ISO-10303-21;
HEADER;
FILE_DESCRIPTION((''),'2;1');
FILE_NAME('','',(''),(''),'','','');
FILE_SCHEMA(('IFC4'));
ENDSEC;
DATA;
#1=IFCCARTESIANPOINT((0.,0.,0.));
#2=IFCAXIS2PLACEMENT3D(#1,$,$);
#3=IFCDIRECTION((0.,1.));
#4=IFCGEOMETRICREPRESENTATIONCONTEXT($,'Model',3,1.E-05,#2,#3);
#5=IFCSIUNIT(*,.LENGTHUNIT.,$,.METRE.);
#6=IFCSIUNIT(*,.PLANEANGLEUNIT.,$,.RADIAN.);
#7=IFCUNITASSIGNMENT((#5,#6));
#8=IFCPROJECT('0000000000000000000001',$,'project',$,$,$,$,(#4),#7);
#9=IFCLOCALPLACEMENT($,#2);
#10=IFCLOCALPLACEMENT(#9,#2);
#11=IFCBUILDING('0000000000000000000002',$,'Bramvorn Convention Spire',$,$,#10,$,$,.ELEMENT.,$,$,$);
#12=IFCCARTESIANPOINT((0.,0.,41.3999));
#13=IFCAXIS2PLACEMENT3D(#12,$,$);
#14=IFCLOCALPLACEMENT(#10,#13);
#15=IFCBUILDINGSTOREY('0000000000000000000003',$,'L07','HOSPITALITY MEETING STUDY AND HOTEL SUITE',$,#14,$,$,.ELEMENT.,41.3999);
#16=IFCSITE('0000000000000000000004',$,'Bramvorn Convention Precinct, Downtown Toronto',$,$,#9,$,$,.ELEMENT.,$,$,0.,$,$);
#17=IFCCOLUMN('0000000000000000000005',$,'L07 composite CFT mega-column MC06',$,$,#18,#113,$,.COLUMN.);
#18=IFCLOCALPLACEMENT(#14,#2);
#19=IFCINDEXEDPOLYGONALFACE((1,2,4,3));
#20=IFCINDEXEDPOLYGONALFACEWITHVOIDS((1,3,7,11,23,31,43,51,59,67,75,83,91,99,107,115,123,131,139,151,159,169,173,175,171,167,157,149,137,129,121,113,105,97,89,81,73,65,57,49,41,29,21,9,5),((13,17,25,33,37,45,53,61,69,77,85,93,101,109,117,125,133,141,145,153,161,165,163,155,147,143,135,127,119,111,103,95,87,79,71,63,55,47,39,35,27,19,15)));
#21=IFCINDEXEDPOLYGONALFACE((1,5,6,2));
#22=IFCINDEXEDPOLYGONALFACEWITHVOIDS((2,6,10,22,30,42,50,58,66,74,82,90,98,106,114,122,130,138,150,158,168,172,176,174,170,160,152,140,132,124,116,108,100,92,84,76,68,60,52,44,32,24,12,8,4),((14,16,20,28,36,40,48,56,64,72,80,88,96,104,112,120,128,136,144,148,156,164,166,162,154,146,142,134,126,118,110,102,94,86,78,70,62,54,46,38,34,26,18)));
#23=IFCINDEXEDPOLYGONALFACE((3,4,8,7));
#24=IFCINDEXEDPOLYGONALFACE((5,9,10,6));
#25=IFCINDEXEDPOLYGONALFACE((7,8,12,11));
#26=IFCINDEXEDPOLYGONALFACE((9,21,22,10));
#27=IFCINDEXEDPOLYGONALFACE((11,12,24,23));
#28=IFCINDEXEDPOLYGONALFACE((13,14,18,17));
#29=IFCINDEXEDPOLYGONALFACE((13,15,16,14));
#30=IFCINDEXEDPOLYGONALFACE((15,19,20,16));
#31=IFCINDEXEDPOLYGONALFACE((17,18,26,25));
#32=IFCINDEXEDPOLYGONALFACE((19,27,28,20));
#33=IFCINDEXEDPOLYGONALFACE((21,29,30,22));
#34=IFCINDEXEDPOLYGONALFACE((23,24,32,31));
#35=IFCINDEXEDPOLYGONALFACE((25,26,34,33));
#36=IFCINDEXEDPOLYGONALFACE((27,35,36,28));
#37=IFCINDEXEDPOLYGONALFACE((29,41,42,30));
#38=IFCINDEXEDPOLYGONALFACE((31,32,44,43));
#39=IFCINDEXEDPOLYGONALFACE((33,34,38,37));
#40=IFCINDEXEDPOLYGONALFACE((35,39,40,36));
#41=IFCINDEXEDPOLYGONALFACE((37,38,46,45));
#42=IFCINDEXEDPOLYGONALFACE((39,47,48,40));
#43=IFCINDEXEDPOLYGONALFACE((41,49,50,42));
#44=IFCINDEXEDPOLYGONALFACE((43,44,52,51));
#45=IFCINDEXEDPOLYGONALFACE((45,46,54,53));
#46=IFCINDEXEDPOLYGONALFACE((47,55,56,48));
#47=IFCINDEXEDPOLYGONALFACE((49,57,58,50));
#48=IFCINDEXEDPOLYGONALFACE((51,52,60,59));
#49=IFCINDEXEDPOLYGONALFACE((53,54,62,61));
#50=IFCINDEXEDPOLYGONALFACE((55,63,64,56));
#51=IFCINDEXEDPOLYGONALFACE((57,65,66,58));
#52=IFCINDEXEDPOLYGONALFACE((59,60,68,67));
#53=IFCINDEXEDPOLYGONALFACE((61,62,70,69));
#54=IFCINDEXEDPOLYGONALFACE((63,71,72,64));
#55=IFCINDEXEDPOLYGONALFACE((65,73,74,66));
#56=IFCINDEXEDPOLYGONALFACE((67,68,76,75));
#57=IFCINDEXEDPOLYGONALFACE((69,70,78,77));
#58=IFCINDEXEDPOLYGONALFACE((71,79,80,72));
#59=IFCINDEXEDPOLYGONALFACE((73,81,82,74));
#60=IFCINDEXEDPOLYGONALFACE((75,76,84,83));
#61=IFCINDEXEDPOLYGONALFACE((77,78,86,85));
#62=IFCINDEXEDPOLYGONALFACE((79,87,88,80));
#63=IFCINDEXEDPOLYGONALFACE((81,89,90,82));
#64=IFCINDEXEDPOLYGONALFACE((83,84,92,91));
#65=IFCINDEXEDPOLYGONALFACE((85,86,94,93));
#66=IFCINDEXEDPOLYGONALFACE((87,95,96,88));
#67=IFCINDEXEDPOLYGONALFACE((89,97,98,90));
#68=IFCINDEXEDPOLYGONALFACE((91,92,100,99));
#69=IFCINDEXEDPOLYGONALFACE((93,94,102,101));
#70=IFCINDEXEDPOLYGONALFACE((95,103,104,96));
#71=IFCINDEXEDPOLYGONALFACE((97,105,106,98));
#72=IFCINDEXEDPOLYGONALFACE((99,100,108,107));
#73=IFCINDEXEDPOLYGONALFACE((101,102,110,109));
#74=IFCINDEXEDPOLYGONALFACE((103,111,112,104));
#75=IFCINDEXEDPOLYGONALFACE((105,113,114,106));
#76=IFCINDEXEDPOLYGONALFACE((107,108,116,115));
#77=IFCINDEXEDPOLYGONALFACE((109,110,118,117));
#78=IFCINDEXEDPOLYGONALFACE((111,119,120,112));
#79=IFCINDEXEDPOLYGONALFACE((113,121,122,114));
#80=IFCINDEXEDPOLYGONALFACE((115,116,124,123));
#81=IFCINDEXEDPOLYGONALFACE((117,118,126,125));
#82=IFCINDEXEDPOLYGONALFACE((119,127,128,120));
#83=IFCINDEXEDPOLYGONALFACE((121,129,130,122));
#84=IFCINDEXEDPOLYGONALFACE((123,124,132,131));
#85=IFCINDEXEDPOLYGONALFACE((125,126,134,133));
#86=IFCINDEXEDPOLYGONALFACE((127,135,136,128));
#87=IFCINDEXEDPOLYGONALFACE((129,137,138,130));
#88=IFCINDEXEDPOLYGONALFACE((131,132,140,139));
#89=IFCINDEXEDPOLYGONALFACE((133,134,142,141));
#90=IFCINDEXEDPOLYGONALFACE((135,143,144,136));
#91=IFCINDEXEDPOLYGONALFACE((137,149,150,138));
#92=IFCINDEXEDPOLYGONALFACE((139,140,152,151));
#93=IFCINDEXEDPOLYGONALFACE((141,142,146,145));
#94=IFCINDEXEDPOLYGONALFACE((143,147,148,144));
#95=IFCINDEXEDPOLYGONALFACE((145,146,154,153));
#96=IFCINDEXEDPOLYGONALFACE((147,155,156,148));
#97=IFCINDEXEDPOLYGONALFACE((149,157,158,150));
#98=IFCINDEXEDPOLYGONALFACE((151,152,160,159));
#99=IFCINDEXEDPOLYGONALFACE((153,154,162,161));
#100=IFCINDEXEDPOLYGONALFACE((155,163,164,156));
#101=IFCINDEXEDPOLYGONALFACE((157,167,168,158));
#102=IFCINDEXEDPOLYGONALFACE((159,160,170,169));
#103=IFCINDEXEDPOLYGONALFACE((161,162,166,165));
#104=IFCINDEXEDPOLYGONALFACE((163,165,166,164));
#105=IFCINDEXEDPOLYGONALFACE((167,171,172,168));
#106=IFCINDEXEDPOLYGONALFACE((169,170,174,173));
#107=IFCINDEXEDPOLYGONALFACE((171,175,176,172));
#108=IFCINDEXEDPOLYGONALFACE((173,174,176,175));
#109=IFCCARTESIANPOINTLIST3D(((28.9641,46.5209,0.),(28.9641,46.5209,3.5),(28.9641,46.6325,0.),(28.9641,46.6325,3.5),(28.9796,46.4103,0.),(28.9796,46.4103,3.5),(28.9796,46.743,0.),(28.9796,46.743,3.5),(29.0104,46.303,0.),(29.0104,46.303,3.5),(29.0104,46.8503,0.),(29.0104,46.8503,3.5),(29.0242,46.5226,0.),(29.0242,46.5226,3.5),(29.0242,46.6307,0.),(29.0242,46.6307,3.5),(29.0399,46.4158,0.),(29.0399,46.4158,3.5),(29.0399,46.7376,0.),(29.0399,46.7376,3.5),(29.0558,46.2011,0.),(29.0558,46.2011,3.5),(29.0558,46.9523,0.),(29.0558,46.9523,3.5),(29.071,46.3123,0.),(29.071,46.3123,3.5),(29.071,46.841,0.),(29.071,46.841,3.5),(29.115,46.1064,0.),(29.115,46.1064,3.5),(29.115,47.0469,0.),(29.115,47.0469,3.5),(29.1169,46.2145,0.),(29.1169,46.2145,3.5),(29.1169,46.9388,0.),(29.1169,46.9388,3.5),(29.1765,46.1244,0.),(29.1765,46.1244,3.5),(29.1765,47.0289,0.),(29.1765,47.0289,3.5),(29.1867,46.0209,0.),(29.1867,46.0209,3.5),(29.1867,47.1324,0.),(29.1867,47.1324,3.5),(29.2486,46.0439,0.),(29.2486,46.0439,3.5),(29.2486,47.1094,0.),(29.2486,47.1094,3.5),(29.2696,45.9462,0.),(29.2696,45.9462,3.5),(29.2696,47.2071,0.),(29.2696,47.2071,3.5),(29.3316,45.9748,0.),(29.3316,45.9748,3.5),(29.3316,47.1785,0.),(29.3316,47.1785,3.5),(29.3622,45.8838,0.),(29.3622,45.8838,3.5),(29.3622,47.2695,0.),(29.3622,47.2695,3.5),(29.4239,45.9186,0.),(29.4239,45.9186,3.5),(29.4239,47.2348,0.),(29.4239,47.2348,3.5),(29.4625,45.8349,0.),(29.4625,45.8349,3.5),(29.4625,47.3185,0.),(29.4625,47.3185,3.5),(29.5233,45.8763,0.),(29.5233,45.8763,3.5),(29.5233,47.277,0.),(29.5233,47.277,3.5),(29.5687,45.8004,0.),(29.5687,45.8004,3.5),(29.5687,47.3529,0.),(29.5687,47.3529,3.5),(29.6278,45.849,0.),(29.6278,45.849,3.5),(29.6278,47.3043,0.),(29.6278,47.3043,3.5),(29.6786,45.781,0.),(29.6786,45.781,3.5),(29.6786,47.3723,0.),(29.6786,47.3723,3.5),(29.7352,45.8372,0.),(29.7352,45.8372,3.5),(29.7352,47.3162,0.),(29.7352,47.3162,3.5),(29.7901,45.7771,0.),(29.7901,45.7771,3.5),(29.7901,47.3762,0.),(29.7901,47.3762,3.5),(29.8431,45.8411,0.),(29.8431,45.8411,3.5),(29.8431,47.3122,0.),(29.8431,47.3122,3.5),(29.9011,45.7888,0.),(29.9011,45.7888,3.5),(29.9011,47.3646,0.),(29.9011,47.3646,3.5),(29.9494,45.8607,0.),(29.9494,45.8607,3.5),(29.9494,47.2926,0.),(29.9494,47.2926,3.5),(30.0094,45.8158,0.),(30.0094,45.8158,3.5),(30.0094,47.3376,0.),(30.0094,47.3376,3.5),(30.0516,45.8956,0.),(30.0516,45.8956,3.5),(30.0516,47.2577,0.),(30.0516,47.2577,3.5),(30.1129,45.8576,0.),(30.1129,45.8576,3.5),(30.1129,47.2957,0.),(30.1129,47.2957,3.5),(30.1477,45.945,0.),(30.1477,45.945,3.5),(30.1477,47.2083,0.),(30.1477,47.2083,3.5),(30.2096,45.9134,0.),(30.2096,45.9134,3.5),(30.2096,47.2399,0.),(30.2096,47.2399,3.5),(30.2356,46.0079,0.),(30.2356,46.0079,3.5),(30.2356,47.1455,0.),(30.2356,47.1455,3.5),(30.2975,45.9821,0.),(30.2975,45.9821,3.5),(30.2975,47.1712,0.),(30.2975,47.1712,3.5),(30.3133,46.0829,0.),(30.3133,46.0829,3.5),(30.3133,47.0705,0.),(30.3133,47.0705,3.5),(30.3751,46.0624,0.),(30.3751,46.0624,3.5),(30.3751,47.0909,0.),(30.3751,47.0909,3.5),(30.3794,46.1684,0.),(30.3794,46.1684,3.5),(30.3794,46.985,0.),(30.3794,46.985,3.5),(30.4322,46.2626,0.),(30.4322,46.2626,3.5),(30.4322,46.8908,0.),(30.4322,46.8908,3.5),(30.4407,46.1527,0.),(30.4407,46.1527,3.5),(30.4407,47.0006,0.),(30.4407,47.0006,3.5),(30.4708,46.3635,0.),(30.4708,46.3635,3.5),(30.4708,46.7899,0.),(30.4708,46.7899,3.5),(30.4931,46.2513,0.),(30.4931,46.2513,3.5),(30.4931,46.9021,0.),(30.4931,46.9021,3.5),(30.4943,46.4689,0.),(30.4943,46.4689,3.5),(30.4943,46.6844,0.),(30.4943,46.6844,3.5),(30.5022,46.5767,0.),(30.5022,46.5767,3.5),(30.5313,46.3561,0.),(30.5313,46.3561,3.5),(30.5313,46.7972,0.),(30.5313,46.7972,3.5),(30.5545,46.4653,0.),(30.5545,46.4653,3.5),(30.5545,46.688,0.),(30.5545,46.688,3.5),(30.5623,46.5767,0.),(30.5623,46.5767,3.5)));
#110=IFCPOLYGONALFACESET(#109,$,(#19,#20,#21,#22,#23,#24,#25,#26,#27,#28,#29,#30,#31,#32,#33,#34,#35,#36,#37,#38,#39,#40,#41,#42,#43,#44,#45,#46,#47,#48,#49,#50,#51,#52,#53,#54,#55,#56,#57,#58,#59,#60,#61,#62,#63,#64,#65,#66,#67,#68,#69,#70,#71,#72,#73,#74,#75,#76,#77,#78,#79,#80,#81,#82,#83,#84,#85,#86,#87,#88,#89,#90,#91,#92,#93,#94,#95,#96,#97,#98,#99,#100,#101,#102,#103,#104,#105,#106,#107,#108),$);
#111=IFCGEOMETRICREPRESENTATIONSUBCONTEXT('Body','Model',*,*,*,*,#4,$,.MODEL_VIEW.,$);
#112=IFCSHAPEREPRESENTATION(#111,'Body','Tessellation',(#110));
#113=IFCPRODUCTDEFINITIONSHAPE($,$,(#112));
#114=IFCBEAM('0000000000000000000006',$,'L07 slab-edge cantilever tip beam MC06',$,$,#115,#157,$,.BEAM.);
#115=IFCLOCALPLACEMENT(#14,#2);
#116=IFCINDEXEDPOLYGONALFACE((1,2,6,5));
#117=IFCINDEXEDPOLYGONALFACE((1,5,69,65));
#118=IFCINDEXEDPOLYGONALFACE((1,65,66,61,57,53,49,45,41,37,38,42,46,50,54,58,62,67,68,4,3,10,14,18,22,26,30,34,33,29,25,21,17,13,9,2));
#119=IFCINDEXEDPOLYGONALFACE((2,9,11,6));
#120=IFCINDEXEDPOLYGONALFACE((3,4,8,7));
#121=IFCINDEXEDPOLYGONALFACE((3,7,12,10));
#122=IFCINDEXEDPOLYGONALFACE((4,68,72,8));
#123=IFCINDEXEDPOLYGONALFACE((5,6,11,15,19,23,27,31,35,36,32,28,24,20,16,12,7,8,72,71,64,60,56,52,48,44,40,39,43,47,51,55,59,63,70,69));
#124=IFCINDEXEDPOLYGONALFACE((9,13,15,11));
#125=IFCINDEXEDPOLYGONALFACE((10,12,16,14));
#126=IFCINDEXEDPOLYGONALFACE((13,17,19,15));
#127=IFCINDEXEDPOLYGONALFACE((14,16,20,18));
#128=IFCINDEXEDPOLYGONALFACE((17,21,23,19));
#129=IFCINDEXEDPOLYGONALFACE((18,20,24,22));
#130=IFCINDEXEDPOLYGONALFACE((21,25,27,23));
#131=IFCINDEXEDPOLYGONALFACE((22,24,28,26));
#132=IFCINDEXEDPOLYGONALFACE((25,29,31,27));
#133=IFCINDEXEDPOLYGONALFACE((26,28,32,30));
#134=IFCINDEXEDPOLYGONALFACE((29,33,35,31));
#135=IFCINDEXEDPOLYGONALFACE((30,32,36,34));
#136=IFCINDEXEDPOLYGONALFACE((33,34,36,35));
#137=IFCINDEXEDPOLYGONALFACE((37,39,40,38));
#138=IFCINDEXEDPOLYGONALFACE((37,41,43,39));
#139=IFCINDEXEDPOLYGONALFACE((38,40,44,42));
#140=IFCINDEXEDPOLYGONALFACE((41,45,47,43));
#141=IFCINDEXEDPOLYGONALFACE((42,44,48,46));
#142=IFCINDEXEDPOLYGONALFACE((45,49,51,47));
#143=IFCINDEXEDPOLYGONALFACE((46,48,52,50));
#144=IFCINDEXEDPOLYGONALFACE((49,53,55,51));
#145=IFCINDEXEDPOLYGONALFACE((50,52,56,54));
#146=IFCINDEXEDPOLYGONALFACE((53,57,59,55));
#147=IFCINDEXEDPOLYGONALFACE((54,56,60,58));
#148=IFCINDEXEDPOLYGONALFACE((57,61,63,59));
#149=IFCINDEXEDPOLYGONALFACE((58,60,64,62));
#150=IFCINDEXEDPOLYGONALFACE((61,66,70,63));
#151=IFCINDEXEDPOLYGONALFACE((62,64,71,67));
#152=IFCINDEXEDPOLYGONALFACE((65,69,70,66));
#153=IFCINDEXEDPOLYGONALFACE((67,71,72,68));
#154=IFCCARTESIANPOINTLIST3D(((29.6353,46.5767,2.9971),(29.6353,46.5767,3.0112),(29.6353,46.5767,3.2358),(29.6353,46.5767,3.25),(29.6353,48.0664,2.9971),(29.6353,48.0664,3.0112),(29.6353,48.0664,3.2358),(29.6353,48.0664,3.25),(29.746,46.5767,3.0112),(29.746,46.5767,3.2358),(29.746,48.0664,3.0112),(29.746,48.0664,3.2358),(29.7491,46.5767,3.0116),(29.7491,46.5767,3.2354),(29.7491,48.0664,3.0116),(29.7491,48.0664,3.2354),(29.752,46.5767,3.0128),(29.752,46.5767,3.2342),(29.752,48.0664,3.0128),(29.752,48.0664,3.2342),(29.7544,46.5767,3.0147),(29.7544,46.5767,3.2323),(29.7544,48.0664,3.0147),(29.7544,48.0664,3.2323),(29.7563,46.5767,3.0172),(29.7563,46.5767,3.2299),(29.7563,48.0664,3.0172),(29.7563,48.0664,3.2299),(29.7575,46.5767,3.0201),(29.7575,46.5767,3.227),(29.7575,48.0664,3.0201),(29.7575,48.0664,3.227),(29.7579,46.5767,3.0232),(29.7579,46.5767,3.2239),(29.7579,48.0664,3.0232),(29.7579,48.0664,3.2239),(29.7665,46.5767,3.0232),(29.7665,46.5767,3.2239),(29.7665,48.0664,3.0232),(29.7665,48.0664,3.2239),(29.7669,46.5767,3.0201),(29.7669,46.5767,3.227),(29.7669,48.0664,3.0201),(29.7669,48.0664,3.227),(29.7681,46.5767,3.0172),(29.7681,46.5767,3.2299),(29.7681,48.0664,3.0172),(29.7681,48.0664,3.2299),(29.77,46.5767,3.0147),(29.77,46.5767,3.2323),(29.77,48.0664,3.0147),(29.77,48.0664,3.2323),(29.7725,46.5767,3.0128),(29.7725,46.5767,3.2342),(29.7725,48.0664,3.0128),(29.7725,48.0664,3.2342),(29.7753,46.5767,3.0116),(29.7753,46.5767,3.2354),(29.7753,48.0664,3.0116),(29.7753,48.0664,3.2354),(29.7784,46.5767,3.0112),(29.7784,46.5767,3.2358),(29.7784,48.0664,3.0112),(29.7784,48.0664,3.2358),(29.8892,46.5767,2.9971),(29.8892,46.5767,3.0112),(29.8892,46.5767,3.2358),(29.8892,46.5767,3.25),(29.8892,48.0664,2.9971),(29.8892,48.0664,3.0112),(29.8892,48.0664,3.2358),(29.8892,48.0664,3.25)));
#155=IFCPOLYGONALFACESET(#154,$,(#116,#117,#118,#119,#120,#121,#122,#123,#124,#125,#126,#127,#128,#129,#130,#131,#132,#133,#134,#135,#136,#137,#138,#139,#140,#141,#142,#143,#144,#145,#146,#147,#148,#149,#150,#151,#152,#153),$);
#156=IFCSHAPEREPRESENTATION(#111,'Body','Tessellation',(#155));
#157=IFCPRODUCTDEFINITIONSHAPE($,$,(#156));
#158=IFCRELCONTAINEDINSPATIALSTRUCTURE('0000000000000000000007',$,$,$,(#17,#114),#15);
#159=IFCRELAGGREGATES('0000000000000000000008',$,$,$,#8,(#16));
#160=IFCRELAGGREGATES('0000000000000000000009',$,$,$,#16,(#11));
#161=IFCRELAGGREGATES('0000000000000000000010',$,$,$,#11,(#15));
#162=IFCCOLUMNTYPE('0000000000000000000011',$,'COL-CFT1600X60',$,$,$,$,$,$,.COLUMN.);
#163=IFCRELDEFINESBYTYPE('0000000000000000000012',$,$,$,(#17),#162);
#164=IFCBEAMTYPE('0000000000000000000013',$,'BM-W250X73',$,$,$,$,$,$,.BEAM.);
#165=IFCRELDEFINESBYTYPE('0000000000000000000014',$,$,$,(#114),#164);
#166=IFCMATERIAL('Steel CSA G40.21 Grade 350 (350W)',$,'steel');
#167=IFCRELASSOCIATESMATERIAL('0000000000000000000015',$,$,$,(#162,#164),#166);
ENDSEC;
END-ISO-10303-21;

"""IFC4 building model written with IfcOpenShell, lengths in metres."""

from ifc_helpers import new_model, si_unit, direction, frame, origin, origin_2d, place, context, subcontext, project, spatial, hollow_circle, i_section, extrude, material, material_profile, profile_set, type_object, element, save


model = new_model("IFC4")

# Units and contexts
model_context = context("Model", 3, precision=1e-05, world=origin(), true_north=direction((0.0, 1.0)))
body_context = subcontext(model_context, "Body", "Model", "MODEL_VIEW")
ifc_project = project(units=[si_unit("LENGTHUNIT", "METRE"), si_unit("PLANEANGLEUNIT", "RADIAN")], contexts=[model_context])

# Site, building, storey
site_placement = place(None, origin())
site = spatial("IfcSite", under=ifc_project, at=site_placement, Name="Bramvorn Convention Precinct, Downtown Toronto", CompositionType="ELEMENT", RefElevation=0.0)
building_placement = place(site_placement, origin())
building = spatial("IfcBuilding", under=site, at=building_placement, Name="Bramvorn Convention Spire", CompositionType="ELEMENT")
storey_placement = place(building_placement, frame((0.0, 0.0, 41.3999)))
storey = spatial("IfcBuildingStorey", under=building, at=storey_placement, Name="L07", Description="HOSPITALITY MEETING STUDY AND HOTEL SUITE", CompositionType="ELEMENT", Elevation=41.3999)

# Column
ifc_material_1 = material(Name="Steel CSA G40.21 Grade 350 (350W)", Category="steel")
ifc_material_profile_1 = material_profile(ifc_material_1, hollow_circle(Radius=0.8, WallThickness=0.0601, at=origin_2d()))
ifc_profile_set_1 = profile_set([ifc_material_profile_1], Name="Steel CSA G40.21 Grade 350 (350W) - CFT1600X60")
column_type = type_object("IfcColumnType", Name="COL-CFT1600X60", PredefinedType="COLUMN", material=ifc_profile_set_1)
column_placement = place(storey_placement, frame((29.7622, 46.5767, 0.0), z_axis=(0.0, 0.0, 1.0), x_axis=(1.0, 0.0, 0.0)))
element("IfcColumn", 1, at=column_placement, inside=storey, type_object=column_type, Name="L07 composite CFT mega-column MC06", PredefinedType="COLUMN", context=body_context, shape_type="SweptSolid", body=[
    extrude(hollow_circle(Radius=0.8, WallThickness=0.0601, at=origin_2d()), origin(), (0.0, 0.0, 1.0), 3.5),
])

# Beam
ifc_material_profile_2 = material_profile(ifc_material_1, i_section(OverallWidth=0.2539, OverallDepth=0.2529, WebThickness=0.0085, FlangeThickness=0.0142, FilletRadius=0.012, at=origin_2d()))
ifc_profile_set_2 = profile_set([ifc_material_profile_2], Name="Steel CSA G40.21 Grade 350 (350W) - W250X73")
beam_type_1 = type_object("IfcBeamType", Name="BM-W250X73", PredefinedType="BEAM", material=ifc_profile_set_2)
beam_1_placement = place(storey_placement, frame((29.7622, 46.5767, 3.1235), z_axis=(0.0, 1.0, 0.0), x_axis=(-1.0, 0.0, 0.0)))
element("IfcBeam", 2, at=beam_1_placement, inside=storey, type_object=beam_type_1, Name="L07 slab-edge cantilever tip beam MC06", PredefinedType="BEAM", context=body_context, shape_type="SweptSolid", body=[
    extrude(i_section(OverallWidth=0.2539, OverallDepth=0.2529, WebThickness=0.0085, FlangeThickness=0.0142, FilletRadius=0.012, at=origin_2d()), origin(), (0.0, 0.0, 1.0), 1.4897),
])

save(model, "model.ifc")
